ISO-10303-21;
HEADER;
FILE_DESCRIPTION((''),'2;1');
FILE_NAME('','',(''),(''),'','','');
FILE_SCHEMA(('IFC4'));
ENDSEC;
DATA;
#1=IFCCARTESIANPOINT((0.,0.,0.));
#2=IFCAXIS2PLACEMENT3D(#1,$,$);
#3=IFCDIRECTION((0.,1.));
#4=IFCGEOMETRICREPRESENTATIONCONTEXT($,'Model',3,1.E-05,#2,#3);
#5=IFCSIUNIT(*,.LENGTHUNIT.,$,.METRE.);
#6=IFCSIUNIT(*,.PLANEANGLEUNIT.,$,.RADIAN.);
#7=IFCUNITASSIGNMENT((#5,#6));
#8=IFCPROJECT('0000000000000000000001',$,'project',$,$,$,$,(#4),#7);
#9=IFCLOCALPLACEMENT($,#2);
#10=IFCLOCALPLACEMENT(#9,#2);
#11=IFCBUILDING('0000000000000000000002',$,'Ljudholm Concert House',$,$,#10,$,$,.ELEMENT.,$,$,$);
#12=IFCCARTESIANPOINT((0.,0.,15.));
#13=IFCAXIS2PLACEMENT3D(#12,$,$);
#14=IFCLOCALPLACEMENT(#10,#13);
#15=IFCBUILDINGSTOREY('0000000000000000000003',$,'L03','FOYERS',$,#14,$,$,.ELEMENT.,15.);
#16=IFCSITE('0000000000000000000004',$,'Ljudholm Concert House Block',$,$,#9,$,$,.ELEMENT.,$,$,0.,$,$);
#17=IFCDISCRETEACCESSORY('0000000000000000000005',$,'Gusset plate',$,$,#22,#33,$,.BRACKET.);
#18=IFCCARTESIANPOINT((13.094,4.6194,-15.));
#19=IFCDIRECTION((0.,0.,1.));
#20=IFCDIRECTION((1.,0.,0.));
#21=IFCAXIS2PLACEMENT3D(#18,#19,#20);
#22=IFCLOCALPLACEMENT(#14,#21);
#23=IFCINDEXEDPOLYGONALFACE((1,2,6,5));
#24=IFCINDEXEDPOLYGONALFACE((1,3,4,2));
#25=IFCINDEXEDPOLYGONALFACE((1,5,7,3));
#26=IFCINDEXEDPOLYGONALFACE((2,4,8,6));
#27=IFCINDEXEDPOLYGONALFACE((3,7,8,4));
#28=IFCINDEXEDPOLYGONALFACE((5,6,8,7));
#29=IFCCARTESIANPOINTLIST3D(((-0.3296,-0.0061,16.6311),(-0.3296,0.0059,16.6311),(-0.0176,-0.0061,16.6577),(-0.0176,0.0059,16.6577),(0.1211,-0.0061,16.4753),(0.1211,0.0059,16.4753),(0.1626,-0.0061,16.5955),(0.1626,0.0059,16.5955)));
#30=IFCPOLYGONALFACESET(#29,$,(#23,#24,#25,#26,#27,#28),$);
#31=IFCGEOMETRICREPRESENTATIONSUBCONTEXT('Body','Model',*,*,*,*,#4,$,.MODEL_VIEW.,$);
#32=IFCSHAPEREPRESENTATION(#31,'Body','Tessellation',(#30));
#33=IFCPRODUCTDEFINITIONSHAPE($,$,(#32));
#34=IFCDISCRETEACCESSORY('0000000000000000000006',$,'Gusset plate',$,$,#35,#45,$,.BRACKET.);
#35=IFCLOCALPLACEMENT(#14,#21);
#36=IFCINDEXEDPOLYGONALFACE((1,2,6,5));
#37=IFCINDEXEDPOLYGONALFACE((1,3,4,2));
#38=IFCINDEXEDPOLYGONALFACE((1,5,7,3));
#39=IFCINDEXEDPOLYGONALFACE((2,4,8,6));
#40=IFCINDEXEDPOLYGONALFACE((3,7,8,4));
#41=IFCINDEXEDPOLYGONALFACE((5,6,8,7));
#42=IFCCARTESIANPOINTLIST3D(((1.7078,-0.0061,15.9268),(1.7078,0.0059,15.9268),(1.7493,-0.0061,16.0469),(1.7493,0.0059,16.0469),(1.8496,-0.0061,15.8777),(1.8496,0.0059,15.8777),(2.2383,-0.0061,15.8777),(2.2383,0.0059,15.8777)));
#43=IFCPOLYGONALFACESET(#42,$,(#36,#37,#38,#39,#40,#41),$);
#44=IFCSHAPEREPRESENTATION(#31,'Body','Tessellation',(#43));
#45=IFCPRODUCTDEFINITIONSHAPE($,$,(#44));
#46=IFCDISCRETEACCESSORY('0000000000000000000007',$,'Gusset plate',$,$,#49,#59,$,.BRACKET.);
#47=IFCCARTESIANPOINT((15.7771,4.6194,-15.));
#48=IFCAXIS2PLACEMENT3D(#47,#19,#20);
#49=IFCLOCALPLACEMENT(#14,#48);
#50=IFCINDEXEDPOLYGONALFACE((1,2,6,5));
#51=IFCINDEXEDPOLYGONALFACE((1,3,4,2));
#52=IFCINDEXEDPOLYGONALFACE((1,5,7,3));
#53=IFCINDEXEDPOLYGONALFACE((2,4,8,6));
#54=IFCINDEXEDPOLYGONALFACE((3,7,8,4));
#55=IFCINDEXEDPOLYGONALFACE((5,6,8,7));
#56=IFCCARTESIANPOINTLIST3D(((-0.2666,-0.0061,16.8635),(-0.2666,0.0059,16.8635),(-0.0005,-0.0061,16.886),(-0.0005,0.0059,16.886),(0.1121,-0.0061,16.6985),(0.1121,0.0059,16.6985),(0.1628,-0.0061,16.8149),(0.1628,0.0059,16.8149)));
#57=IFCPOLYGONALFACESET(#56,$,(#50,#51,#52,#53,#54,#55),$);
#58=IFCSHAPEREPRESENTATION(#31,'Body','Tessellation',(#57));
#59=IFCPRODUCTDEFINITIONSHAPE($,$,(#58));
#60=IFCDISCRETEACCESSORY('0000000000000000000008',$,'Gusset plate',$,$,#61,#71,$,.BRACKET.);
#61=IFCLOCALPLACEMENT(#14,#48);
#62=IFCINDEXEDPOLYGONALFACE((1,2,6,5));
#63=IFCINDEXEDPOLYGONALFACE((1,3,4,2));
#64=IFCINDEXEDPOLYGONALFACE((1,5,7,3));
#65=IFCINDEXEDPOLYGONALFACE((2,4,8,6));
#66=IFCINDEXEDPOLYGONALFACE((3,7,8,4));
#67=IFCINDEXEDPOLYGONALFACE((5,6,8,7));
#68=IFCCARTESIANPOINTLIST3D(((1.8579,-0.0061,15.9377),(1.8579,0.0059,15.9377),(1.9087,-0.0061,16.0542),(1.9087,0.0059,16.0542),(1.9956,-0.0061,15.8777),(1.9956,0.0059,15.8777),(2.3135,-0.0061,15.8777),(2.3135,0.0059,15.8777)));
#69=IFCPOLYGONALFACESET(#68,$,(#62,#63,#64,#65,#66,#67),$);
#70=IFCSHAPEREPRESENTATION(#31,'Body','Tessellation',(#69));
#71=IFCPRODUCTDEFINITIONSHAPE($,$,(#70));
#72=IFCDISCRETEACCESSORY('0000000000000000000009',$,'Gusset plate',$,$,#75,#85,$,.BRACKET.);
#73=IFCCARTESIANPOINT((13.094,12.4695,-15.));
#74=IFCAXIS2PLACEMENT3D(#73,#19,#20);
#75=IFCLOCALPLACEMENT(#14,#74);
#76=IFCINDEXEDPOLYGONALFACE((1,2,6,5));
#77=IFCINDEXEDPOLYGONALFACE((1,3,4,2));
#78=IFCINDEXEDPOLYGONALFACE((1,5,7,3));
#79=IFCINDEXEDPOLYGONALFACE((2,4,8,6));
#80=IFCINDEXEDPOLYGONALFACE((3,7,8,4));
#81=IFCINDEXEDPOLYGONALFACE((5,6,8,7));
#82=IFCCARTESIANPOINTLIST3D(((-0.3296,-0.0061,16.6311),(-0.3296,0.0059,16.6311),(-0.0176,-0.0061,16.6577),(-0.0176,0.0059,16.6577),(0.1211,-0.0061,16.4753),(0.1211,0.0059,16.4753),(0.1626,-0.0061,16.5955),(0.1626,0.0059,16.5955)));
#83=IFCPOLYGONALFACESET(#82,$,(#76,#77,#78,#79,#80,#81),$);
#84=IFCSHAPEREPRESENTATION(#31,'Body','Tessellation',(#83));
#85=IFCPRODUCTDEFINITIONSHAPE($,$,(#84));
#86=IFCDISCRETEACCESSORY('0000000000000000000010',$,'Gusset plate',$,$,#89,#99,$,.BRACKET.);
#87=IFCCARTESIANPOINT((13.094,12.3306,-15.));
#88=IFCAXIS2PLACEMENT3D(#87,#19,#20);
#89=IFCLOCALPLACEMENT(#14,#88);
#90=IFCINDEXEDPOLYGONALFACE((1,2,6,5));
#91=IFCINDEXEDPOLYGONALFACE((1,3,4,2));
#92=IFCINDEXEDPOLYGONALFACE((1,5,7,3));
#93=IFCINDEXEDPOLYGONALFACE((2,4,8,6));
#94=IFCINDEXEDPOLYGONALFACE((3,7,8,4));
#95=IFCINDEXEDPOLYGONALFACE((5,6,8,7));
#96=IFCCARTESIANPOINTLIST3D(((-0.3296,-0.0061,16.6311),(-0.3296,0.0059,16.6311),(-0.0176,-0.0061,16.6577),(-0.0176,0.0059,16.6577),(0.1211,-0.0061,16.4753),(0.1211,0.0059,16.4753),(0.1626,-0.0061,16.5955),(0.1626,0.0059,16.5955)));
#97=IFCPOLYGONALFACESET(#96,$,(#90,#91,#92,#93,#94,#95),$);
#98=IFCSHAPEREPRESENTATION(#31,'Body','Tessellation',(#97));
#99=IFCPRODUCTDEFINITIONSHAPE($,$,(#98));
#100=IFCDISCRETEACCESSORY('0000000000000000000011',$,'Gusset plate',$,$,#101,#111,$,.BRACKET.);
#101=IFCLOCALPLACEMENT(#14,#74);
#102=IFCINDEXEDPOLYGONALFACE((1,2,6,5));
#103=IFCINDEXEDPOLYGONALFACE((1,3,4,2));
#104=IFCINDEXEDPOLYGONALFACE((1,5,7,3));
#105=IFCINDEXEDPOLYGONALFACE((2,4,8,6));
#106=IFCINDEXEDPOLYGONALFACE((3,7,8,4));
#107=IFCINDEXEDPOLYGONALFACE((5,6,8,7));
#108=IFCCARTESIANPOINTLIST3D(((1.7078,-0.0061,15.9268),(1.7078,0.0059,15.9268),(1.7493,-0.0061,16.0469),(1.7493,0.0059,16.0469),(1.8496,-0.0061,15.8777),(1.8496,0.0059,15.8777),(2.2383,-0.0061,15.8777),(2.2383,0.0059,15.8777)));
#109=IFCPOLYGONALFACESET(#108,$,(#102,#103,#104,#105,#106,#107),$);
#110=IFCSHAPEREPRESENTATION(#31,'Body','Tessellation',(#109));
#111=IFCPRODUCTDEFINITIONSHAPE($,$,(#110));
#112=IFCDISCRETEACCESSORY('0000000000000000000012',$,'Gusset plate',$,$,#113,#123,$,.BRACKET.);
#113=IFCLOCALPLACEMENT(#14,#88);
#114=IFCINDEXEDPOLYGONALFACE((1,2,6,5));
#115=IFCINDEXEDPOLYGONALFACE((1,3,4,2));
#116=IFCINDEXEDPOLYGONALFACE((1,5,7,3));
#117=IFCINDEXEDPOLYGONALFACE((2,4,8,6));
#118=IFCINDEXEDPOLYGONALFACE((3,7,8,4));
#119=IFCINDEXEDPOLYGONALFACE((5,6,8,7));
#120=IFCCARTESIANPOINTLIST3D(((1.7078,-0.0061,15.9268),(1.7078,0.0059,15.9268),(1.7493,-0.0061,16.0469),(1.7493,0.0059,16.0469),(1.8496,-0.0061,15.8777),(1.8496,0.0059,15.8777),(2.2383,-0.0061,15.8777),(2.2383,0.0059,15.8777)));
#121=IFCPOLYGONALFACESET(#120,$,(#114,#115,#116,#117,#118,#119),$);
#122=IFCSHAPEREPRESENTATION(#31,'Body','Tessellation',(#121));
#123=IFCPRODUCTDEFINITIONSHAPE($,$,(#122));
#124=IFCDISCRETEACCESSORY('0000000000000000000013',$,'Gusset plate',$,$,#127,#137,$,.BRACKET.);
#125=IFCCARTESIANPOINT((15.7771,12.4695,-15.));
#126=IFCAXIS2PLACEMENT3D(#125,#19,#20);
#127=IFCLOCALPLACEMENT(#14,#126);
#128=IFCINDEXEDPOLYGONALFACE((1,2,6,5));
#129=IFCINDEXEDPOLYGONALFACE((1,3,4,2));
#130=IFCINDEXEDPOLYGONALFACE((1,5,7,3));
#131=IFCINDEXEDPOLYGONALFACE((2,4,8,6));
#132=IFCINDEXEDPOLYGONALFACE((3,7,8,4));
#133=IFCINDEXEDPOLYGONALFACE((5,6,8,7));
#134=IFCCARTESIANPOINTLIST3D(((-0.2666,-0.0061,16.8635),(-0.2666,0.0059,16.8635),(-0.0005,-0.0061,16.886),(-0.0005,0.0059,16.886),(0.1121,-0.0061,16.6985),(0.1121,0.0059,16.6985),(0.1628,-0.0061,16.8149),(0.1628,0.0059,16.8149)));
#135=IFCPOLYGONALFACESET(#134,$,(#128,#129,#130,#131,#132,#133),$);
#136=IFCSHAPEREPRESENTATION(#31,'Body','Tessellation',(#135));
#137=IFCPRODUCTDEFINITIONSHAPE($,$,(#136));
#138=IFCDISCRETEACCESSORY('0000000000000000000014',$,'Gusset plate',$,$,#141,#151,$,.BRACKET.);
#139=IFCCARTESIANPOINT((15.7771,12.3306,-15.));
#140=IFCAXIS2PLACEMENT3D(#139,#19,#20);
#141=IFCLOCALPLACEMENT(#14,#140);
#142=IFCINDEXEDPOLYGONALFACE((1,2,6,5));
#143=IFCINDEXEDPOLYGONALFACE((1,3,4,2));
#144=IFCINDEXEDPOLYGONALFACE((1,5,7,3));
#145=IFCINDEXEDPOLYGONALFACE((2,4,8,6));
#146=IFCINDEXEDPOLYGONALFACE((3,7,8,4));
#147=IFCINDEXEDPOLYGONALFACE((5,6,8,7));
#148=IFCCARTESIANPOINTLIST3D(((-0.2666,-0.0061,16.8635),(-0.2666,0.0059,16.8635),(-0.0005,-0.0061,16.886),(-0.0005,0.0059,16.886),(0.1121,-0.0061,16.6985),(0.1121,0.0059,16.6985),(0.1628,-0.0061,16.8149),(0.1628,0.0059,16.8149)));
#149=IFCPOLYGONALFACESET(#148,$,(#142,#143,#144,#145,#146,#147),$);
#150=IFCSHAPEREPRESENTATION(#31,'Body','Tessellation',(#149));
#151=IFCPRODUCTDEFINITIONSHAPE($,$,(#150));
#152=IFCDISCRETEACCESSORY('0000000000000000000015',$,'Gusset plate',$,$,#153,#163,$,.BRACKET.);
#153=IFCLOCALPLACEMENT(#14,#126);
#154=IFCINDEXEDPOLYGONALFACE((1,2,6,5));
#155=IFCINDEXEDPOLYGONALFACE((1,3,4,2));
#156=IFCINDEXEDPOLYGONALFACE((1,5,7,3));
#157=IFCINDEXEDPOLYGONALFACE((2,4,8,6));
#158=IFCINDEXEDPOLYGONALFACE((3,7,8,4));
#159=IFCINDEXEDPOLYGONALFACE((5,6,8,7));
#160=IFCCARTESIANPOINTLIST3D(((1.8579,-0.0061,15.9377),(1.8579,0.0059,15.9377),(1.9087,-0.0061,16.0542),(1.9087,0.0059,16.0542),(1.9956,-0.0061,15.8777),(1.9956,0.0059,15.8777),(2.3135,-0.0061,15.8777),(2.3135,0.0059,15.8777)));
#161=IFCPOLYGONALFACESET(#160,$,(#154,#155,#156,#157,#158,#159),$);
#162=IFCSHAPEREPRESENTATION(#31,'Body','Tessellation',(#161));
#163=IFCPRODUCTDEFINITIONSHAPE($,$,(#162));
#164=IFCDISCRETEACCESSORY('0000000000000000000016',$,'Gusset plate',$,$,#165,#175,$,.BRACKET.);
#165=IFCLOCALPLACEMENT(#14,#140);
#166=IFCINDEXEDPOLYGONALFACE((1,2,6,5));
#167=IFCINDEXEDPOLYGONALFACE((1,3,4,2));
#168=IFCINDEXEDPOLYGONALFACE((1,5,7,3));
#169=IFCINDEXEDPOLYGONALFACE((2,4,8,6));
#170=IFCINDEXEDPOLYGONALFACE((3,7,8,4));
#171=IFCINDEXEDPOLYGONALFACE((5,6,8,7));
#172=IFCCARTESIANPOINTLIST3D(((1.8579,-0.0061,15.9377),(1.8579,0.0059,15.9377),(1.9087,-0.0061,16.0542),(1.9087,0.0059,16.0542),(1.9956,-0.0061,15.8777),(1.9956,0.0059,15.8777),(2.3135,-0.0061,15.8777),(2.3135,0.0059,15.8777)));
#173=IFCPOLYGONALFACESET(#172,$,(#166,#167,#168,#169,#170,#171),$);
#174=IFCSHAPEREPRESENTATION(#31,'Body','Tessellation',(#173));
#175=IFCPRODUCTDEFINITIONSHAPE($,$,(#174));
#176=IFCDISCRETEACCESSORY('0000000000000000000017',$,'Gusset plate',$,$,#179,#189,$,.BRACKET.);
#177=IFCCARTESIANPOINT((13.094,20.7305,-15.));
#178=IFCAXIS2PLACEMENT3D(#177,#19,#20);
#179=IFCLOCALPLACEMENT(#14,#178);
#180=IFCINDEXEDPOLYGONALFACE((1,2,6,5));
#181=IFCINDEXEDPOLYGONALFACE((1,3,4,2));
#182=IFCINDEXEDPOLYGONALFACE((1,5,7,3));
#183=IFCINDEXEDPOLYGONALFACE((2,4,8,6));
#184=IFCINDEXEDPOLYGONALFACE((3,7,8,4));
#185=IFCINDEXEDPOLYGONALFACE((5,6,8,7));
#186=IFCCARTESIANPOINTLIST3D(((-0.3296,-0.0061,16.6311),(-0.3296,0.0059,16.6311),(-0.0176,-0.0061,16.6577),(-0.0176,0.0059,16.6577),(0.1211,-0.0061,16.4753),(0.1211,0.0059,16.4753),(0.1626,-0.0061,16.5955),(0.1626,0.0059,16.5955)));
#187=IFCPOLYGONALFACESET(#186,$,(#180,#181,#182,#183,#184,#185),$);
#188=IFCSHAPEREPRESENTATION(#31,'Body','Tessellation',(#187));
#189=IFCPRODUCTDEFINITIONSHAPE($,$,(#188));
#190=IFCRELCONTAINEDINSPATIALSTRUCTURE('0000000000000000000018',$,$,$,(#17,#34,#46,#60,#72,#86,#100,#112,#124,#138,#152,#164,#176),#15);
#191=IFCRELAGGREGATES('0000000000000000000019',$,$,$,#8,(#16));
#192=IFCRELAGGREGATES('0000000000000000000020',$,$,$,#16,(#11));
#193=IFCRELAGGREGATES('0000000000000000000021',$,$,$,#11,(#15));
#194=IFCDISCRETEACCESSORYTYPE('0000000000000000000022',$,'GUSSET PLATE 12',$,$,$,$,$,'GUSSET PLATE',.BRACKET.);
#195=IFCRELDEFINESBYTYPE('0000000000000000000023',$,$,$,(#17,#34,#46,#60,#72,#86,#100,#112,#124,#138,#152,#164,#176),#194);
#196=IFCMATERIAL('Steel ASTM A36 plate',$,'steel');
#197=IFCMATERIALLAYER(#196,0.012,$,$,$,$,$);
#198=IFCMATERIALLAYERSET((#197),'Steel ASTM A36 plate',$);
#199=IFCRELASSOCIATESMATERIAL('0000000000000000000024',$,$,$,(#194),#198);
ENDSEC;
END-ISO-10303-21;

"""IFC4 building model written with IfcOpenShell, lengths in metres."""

from ifc_helpers import new_model, si_unit, direction, frame, origin, place, context, subcontext, project, spatial, polyline, outline, extrude, material, layer, layer_set, type_object, element, save


model = new_model("IFC4")

# Units and contexts
model_context = context("Model", 3, precision=1e-05, world=origin(), true_north=direction((0.0, 1.0)))
body_context = subcontext(model_context, "Body", "Model", "MODEL_VIEW")
ifc_project = project(units=[si_unit("LENGTHUNIT", "METRE"), si_unit("PLANEANGLEUNIT", "RADIAN")], contexts=[model_context])

# Site, building, storey
site_placement = place(None, origin())
site = spatial("IfcSite", under=ifc_project, at=site_placement, Name="Ljudholm Concert House Block", CompositionType="ELEMENT", RefElevation=0.0)
building_placement = place(site_placement, origin())
building = spatial("IfcBuilding", under=site, at=building_placement, Name="Ljudholm Concert House", CompositionType="ELEMENT")
storey_placement = place(building_placement, frame((0.0, 0.0, 15.0)))
storey = spatial("IfcBuildingStorey", under=building, at=storey_placement, Name="L03", Description="FOYERS", CompositionType="ELEMENT", Elevation=15.0)

# Discrete accessories
ifc_material_1 = material(Name="Steel ASTM A36 plate", Category="steel")
ifc_layer_1 = layer(ifc_material_1, 0.012)
ifc_layer_set_1 = layer_set([ifc_layer_1], Name="Steel ASTM A36 plate")
discrete_accessory_type = type_object("IfcDiscreteAccessoryType", Name="GUSSET PLATE 12", ElementType="GUSSET PLATE", PredefinedType="BRACKET", material=ifc_layer_set_1)
discrete_accessory_1_placement = place(storey_placement, frame((13.094, 4.6194, -15.0), z_axis=(0.0, 0.0, 1.0), x_axis=(1.0, 0.0, 0.0)))
element("IfcDiscreteAccessory", 1, at=discrete_accessory_1_placement, inside=storey, type_object=discrete_accessory_type, Name="Gusset plate", PredefinedType="BRACKET", context=body_context, shape_type="SweptSolid", body=[
    extrude(outline(polyline([(0.1211, 16.4753), (-0.3296, 16.6311), (-0.0176, 16.6577), (0.1626, 16.5955), (0.1211, 16.4753)])), frame((0.0, 0.0059, 0.0), z_axis=(0.0, -1.0, 0.0), x_axis=(1.0, 0.0, 0.0)), (0.0, 0.0, 1.0), 0.012),
])
discrete_accessory_2_placement = place(storey_placement, frame((13.094, 4.6194, -15.0), z_axis=(0.0, 0.0, 1.0), x_axis=(1.0, 0.0, 0.0)))
element("IfcDiscreteAccessory", 2, at=discrete_accessory_2_placement, inside=storey, type_object=discrete_accessory_type, Name="Gusset plate", PredefinedType="BRACKET", context=body_context, shape_type="SweptSolid", body=[
    extrude(outline(polyline([(1.7493, 16.0469), (2.2383, 15.8777), (1.8496, 15.8777), (1.7078, 15.9268), (1.7493, 16.0469)])), frame((0.0, 0.0059, 0.0), z_axis=(0.0, -1.0, 0.0), x_axis=(1.0, 0.0, 0.0)), (0.0, 0.0, 1.0), 0.012),
])
discrete_accessory_3_placement = place(storey_placement, frame((15.7771, 4.6194, -15.0), z_axis=(0.0, 0.0, 1.0), x_axis=(1.0, 0.0, 0.0)))
element("IfcDiscreteAccessory", 3, at=discrete_accessory_3_placement, inside=storey, type_object=discrete_accessory_type, Name="Gusset plate", PredefinedType="BRACKET", context=body_context, shape_type="SweptSolid", body=[
    extrude(outline(polyline([(0.1121, 16.6985), (-0.2666, 16.8635), (-0.0005, 16.886), (0.1628, 16.8149), (0.1121, 16.6985)])), frame((0.0, 0.0059, 0.0), z_axis=(0.0, -1.0, 0.0), x_axis=(1.0, 0.0, 0.0)), (0.0, 0.0, 1.0), 0.012),
])
discrete_accessory_4_placement = place(storey_placement, frame((15.7771, 4.6194, -15.0), z_axis=(0.0, 0.0, 1.0), x_axis=(1.0, 0.0, 0.0)))
element("IfcDiscreteAccessory", 4, at=discrete_accessory_4_placement, inside=storey, type_object=discrete_accessory_type, Name="Gusset plate", PredefinedType="BRACKET", context=body_context, shape_type="SweptSolid", body=[
    extrude(outline(polyline([(1.9087, 16.0542), (2.3135, 15.8777), (1.9956, 15.8777), (1.8579, 15.9377), (1.9087, 16.0542)])), frame((0.0, 0.0059, 0.0), z_axis=(0.0, -1.0, 0.0), x_axis=(1.0, 0.0, 0.0)), (0.0, 0.0, 1.0), 0.012),
])
for number, where, z_axis, x_axis, name in (
    (5, (13.094, 12.4695, -15.0), (0.0, 0.0, 1.0), (1.0, 0.0, 0.0), "Gusset plate"),
    (6, (13.094, 12.3306, -15.0), (0.0, 0.0, 1.0), (1.0, 0.0, 0.0), "Gusset plate"),
):
    element("IfcDiscreteAccessory", number, at=place(storey_placement, frame(where, z_axis=z_axis, x_axis=x_axis)), inside=storey, type_object=discrete_accessory_type, Name=name, PredefinedType="BRACKET", context=body_context, shape_type="SweptSolid", body=[
        extrude(outline(polyline([(0.1211, 16.4753), (-0.3296, 16.6311), (-0.0176, 16.6577), (0.1626, 16.5955), (0.1211, 16.4753)])), frame((0.0, 0.0059, 0.0), z_axis=(0.0, -1.0, 0.0), x_axis=(1.0, 0.0, 0.0)), (0.0, 0.0, 1.0), 0.012),
    ])
for number, where, z_axis, x_axis, name in (
    (7, (13.094, 12.4695, -15.0), (0.0, 0.0, 1.0), (1.0, 0.0, 0.0), "Gusset plate"),
    (8, (13.094, 12.3306, -15.0), (0.0, 0.0, 1.0), (1.0, 0.0, 0.0), "Gusset plate"),
):
    element("IfcDiscreteAccessory", number, at=place(storey_placement, frame(where, z_axis=z_axis, x_axis=x_axis)), inside=storey, type_object=discrete_accessory_type, Name=name, PredefinedType="BRACKET", context=body_context, shape_type="SweptSolid", body=[
        extrude(outline(polyline([(1.7493, 16.0469), (2.2383, 15.8777), (1.8496, 15.8777), (1.7078, 15.9268), (1.7493, 16.0469)])), frame((0.0, 0.0059, 0.0), z_axis=(0.0, -1.0, 0.0), x_axis=(1.0, 0.0, 0.0)), (0.0, 0.0, 1.0), 0.012),
    ])
for number, where, z_axis, x_axis, name in (
    (9, (15.7771, 12.4695, -15.0), (0.0, 0.0, 1.0), (1.0, 0.0, 0.0), "Gusset plate"),
    (10, (15.7771, 12.3306, -15.0), (0.0, 0.0, 1.0), (1.0, 0.0, 0.0), "Gusset plate"),
):
    element("IfcDiscreteAccessory", number, at=place(storey_placement, frame(where, z_axis=z_axis, x_axis=x_axis)), inside=storey, type_object=discrete_accessory_type, Name=name, PredefinedType="BRACKET", context=body_context, shape_type="SweptSolid", body=[
        extrude(outline(polyline([(0.1121, 16.6985), (-0.2666, 16.8635), (-0.0005, 16.886), (0.1628, 16.8149), (0.1121, 16.6985)])), frame((0.0, 0.0059, 0.0), z_axis=(0.0, -1.0, 0.0), x_axis=(1.0, 0.0, 0.0)), (0.0, 0.0, 1.0), 0.012),
    ])
for number, where, z_axis, x_axis, name in (
    (11, (15.7771, 12.4695, -15.0), (0.0, 0.0, 1.0), (1.0, 0.0, 0.0), "Gusset plate"),
    (12, (15.7771, 12.3306, -15.0), (0.0, 0.0, 1.0), (1.0, 0.0, 0.0), "Gusset plate"),
):
    element("IfcDiscreteAccessory", number, at=place(storey_placement, frame(where, z_axis=z_axis, x_axis=x_axis)), inside=storey, type_object=discrete_accessory_type, Name=name, PredefinedType="BRACKET", context=body_context, shape_type="SweptSolid", body=[
        extrude(outline(polyline([(1.9087, 16.0542), (2.3135, 15.8777), (1.9956, 15.8777), (1.8579, 15.9377), (1.9087, 16.0542)])), frame((0.0, 0.0059, 0.0), z_axis=(0.0, -1.0, 0.0), x_axis=(1.0, 0.0, 0.0)), (0.0, 0.0, 1.0), 0.012),
    ])
discrete_accessory_5_placement = place(storey_placement, frame((13.094, 20.7305, -15.0), z_axis=(0.0, 0.0, 1.0), x_axis=(1.0, 0.0, 0.0)))
element("IfcDiscreteAccessory", 13, at=discrete_accessory_5_placement, inside=storey, type_object=discrete_accessory_type, Name="Gusset plate", PredefinedType="BRACKET", context=body_context, shape_type="SweptSolid", body=[
    extrude(outline(polyline([(0.1211, 16.4753), (-0.3296, 16.6311), (-0.0176, 16.6577), (0.1626, 16.5955), (0.1211, 16.4753)])), frame((0.0, 0.0059, 0.0), z_axis=(0.0, -1.0, 0.0), x_axis=(1.0, 0.0, 0.0)), (0.0, 0.0, 1.0), 0.012),
])

save(model, "model.ifc")
